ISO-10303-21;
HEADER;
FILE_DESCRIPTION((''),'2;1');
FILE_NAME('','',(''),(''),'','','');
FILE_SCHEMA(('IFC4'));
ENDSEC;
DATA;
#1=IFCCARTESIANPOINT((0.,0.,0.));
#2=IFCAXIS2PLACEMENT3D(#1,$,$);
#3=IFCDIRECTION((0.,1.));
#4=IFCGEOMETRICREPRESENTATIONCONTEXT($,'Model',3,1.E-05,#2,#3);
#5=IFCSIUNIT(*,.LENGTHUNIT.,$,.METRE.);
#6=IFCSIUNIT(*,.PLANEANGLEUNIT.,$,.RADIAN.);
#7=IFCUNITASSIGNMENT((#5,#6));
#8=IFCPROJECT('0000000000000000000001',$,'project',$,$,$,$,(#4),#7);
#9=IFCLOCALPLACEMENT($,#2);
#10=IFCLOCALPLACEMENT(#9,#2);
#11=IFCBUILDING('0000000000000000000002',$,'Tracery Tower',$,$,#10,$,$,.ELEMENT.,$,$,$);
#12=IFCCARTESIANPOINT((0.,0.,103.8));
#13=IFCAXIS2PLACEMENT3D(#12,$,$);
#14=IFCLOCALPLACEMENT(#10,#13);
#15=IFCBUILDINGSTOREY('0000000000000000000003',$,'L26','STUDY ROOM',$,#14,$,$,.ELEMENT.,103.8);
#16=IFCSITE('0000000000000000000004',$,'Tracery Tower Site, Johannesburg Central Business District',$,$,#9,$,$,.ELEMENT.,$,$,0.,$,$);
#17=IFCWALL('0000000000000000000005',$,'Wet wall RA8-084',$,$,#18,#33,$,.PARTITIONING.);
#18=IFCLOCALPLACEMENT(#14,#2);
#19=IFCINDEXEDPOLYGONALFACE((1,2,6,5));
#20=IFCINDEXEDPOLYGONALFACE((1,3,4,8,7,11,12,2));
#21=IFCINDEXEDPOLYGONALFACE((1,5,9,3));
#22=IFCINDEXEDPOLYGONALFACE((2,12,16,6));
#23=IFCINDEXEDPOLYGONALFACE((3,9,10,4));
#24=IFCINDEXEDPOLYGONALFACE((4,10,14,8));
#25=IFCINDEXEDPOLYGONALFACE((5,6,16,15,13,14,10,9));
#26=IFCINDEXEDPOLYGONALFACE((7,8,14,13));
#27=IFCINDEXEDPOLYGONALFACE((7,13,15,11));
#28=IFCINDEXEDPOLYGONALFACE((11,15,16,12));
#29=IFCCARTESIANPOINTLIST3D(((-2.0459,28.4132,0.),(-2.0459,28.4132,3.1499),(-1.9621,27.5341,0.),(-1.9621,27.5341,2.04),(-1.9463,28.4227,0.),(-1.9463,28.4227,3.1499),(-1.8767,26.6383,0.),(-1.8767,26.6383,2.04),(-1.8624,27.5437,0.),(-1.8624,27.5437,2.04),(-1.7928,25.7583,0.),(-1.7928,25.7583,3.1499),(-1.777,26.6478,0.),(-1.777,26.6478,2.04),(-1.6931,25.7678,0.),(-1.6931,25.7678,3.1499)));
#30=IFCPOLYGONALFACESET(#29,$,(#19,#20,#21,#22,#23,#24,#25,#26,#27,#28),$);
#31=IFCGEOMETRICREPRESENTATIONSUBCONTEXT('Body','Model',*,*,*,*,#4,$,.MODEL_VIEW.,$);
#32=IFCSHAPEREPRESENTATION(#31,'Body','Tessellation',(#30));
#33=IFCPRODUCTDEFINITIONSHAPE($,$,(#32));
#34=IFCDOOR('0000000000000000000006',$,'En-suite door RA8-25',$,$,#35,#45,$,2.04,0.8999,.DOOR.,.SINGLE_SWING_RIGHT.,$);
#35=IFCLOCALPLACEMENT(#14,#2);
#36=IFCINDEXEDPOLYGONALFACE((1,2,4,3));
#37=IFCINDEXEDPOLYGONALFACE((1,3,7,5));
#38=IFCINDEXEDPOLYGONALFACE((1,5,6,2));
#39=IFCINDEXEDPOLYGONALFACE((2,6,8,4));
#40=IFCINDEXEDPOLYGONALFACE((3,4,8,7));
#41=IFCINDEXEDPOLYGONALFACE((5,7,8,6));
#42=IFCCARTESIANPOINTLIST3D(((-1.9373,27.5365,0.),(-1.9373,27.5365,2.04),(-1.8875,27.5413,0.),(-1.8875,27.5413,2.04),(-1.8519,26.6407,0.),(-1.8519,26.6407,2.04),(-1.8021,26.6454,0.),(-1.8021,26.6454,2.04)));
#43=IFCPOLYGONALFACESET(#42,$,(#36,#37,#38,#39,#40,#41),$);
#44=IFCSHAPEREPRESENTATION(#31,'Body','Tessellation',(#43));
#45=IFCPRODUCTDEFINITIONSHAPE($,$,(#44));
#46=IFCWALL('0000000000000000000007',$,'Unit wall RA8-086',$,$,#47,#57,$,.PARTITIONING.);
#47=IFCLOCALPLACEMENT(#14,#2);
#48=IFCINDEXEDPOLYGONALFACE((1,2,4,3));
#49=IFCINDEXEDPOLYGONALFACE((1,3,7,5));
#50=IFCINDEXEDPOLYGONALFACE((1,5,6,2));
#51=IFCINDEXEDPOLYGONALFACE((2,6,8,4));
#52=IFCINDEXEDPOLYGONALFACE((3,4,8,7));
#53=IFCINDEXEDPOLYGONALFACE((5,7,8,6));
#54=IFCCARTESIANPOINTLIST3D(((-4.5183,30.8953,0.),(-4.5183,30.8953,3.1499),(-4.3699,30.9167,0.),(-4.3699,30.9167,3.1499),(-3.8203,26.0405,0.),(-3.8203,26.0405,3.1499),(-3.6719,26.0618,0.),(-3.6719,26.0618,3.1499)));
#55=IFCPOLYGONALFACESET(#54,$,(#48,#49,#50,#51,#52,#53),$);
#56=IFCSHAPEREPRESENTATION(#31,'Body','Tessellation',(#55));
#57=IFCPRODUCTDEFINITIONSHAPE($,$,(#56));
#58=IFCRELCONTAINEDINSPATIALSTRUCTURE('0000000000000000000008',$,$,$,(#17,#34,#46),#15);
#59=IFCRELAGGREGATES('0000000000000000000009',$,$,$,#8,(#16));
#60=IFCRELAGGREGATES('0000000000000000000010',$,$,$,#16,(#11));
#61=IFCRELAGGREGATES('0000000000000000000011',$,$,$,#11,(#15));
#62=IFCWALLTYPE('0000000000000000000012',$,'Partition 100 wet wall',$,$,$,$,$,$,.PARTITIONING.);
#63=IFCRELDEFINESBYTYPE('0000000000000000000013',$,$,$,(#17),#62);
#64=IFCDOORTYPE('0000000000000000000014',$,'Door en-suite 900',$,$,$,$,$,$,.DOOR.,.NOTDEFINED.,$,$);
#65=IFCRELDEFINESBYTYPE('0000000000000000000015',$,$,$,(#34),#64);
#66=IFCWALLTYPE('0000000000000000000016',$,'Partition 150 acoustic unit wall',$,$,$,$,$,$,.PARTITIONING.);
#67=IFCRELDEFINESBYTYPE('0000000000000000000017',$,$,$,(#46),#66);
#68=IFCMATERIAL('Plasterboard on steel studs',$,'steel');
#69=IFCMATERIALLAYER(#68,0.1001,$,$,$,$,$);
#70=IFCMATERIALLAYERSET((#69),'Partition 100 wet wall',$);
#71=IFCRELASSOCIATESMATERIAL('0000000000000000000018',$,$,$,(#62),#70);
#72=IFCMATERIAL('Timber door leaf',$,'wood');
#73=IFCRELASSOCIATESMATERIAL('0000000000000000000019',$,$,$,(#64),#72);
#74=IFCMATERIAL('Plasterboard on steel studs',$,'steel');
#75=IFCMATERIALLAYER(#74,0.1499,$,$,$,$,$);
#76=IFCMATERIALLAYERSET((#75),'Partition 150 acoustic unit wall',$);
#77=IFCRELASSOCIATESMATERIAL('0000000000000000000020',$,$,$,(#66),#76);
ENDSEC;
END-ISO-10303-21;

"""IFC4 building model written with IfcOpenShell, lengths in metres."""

from ifc_helpers import new_model, si_unit, direction, frame, frame_2d, origin, place, context, subcontext, project, spatial, rectangle, extrude, material, layer, layer_set, type_object, element, fill, save


model = new_model("IFC4")

# Units and contexts
model_context = context("Model", 3, precision=1e-05, world=origin(), true_north=direction((0.0, 1.0)))
body_context = subcontext(model_context, "Body", "Model", "MODEL_VIEW")
ifc_project = project(units=[si_unit("LENGTHUNIT", "METRE"), si_unit("PLANEANGLEUNIT", "RADIAN")], contexts=[model_context])

# Site, building, storey
site_placement = place(None, origin())
site = spatial("IfcSite", under=ifc_project, at=site_placement, Name="Tracery Tower Site, Johannesburg Central Business District", CompositionType="ELEMENT", RefElevation=0.0)
building_placement = place(site_placement, origin())
building = spatial("IfcBuilding", under=site, at=building_placement, Name="Tracery Tower", CompositionType="ELEMENT")
storey_placement = place(building_placement, frame((0.0, 0.0, 103.8)))
storey = spatial("IfcBuildingStorey", under=building, at=storey_placement, Name="L26", Description="STUDY ROOM", CompositionType="ELEMENT", Elevation=103.8)

# Wall, opening, door
ifc_material_1 = material(Name="Plasterboard on steel studs", Category="steel")
ifc_layer_1 = layer(ifc_material_1, 0.1001)
ifc_layer_set_1 = layer_set([ifc_layer_1], Name="Partition 100 wet wall")
wall_type_1 = type_object("IfcWallType", Name="Partition 100 wet wall", PredefinedType="PARTITIONING", material=ifc_layer_set_1)
wall_1_placement = place(storey_placement, frame((-1.9961, 28.418, 0.0), z_axis=(0.0, 0.0, 1.0), x_axis=(0.094926, -0.995484, 0.0)))
wall_1 = element("IfcWall", 1, at=wall_1_placement, inside=storey, type_object=wall_type_1, Name="Wet wall RA8-084", PredefinedType="PARTITIONING", context=body_context, shape_type="SweptSolid", body=[
    extrude(rectangle(XDim=2.667, YDim=0.1001, at=frame_2d((1.3335, 0.0))), origin(), (0.0, 0.0, 1.0), 3.1499),
])
opening_1_placement = place(wall_1_placement, frame((0.8831, 0.0, 0.0)))
opening_1 = element("IfcOpeningElement", 2, at=opening_1_placement, cuts=wall_1, PredefinedType="OPENING", context=body_context, shape_type="SweptSolid", body=[
    extrude(rectangle(XDim=0.8999, YDim=2.04, at=frame_2d((0.45, 1.02))), frame((0.0, 0.05, 0.0), z_axis=(0.0, -1.0, 0.0), x_axis=(1.0, 0.0, 0.0)), (0.0, 0.0, 1.0), 0.1001),
])
ifc_material_2 = material(Name="Timber door leaf", Category="wood")
door_type_1 = type_object("IfcDoorType", Name="Door en-suite 900", OperationType="NOTDEFINED", PredefinedType="DOOR", material=ifc_material_2)
door_1_placement = place(opening_1_placement, origin())
door_1 = element("IfcDoor", 3, at=door_1_placement, inside=storey, type_object=door_type_1, Name="En-suite door RA8-25", OperationType="SINGLE_SWING_RIGHT", OverallHeight=2.04, OverallWidth=0.8999, PredefinedType="DOOR", context=body_context, shape_type="SweptSolid", body=[
    extrude(rectangle(XDim=0.8999, YDim=2.04, at=frame_2d((0.45, 1.02))), frame((0.0, 0.0249, 0.0), z_axis=(0.0, -1.0, 0.0), x_axis=(1.0, 0.0, 0.0)), (0.0, 0.0, 1.0), 0.05),
])
fill(opening_1, door_1)

# Wall
ifc_material_3 = material(Name="Plasterboard on steel studs", Category="steel")
ifc_layer_2 = layer(ifc_material_3, 0.1499)
ifc_layer_set_2 = layer_set([ifc_layer_2], Name="Partition 150 acoustic unit wall")
wall_type_2 = type_object("IfcWallType", Name="Partition 150 acoustic unit wall", PredefinedType="PARTITIONING", material=ifc_layer_set_2)
wall_2_placement = place(storey_placement, frame((-4.4441, 30.906, 0.0), z_axis=(0.0, 0.0, 1.0), x_axis=(0.142306, -0.989823, 0.0)))
element("IfcWall", 4, at=wall_2_placement, inside=storey, type_object=wall_type_2, Name="Unit wall RA8-086", PredefinedType="PARTITIONING", context=body_context, shape_type="SweptSolid", body=[
    extrude(rectangle(XDim=4.9048, YDim=0.1499, at=frame_2d((2.4524, 0.0))), origin(), (0.0, 0.0, 1.0), 3.1499),
])

save(model, "model.ifc")
